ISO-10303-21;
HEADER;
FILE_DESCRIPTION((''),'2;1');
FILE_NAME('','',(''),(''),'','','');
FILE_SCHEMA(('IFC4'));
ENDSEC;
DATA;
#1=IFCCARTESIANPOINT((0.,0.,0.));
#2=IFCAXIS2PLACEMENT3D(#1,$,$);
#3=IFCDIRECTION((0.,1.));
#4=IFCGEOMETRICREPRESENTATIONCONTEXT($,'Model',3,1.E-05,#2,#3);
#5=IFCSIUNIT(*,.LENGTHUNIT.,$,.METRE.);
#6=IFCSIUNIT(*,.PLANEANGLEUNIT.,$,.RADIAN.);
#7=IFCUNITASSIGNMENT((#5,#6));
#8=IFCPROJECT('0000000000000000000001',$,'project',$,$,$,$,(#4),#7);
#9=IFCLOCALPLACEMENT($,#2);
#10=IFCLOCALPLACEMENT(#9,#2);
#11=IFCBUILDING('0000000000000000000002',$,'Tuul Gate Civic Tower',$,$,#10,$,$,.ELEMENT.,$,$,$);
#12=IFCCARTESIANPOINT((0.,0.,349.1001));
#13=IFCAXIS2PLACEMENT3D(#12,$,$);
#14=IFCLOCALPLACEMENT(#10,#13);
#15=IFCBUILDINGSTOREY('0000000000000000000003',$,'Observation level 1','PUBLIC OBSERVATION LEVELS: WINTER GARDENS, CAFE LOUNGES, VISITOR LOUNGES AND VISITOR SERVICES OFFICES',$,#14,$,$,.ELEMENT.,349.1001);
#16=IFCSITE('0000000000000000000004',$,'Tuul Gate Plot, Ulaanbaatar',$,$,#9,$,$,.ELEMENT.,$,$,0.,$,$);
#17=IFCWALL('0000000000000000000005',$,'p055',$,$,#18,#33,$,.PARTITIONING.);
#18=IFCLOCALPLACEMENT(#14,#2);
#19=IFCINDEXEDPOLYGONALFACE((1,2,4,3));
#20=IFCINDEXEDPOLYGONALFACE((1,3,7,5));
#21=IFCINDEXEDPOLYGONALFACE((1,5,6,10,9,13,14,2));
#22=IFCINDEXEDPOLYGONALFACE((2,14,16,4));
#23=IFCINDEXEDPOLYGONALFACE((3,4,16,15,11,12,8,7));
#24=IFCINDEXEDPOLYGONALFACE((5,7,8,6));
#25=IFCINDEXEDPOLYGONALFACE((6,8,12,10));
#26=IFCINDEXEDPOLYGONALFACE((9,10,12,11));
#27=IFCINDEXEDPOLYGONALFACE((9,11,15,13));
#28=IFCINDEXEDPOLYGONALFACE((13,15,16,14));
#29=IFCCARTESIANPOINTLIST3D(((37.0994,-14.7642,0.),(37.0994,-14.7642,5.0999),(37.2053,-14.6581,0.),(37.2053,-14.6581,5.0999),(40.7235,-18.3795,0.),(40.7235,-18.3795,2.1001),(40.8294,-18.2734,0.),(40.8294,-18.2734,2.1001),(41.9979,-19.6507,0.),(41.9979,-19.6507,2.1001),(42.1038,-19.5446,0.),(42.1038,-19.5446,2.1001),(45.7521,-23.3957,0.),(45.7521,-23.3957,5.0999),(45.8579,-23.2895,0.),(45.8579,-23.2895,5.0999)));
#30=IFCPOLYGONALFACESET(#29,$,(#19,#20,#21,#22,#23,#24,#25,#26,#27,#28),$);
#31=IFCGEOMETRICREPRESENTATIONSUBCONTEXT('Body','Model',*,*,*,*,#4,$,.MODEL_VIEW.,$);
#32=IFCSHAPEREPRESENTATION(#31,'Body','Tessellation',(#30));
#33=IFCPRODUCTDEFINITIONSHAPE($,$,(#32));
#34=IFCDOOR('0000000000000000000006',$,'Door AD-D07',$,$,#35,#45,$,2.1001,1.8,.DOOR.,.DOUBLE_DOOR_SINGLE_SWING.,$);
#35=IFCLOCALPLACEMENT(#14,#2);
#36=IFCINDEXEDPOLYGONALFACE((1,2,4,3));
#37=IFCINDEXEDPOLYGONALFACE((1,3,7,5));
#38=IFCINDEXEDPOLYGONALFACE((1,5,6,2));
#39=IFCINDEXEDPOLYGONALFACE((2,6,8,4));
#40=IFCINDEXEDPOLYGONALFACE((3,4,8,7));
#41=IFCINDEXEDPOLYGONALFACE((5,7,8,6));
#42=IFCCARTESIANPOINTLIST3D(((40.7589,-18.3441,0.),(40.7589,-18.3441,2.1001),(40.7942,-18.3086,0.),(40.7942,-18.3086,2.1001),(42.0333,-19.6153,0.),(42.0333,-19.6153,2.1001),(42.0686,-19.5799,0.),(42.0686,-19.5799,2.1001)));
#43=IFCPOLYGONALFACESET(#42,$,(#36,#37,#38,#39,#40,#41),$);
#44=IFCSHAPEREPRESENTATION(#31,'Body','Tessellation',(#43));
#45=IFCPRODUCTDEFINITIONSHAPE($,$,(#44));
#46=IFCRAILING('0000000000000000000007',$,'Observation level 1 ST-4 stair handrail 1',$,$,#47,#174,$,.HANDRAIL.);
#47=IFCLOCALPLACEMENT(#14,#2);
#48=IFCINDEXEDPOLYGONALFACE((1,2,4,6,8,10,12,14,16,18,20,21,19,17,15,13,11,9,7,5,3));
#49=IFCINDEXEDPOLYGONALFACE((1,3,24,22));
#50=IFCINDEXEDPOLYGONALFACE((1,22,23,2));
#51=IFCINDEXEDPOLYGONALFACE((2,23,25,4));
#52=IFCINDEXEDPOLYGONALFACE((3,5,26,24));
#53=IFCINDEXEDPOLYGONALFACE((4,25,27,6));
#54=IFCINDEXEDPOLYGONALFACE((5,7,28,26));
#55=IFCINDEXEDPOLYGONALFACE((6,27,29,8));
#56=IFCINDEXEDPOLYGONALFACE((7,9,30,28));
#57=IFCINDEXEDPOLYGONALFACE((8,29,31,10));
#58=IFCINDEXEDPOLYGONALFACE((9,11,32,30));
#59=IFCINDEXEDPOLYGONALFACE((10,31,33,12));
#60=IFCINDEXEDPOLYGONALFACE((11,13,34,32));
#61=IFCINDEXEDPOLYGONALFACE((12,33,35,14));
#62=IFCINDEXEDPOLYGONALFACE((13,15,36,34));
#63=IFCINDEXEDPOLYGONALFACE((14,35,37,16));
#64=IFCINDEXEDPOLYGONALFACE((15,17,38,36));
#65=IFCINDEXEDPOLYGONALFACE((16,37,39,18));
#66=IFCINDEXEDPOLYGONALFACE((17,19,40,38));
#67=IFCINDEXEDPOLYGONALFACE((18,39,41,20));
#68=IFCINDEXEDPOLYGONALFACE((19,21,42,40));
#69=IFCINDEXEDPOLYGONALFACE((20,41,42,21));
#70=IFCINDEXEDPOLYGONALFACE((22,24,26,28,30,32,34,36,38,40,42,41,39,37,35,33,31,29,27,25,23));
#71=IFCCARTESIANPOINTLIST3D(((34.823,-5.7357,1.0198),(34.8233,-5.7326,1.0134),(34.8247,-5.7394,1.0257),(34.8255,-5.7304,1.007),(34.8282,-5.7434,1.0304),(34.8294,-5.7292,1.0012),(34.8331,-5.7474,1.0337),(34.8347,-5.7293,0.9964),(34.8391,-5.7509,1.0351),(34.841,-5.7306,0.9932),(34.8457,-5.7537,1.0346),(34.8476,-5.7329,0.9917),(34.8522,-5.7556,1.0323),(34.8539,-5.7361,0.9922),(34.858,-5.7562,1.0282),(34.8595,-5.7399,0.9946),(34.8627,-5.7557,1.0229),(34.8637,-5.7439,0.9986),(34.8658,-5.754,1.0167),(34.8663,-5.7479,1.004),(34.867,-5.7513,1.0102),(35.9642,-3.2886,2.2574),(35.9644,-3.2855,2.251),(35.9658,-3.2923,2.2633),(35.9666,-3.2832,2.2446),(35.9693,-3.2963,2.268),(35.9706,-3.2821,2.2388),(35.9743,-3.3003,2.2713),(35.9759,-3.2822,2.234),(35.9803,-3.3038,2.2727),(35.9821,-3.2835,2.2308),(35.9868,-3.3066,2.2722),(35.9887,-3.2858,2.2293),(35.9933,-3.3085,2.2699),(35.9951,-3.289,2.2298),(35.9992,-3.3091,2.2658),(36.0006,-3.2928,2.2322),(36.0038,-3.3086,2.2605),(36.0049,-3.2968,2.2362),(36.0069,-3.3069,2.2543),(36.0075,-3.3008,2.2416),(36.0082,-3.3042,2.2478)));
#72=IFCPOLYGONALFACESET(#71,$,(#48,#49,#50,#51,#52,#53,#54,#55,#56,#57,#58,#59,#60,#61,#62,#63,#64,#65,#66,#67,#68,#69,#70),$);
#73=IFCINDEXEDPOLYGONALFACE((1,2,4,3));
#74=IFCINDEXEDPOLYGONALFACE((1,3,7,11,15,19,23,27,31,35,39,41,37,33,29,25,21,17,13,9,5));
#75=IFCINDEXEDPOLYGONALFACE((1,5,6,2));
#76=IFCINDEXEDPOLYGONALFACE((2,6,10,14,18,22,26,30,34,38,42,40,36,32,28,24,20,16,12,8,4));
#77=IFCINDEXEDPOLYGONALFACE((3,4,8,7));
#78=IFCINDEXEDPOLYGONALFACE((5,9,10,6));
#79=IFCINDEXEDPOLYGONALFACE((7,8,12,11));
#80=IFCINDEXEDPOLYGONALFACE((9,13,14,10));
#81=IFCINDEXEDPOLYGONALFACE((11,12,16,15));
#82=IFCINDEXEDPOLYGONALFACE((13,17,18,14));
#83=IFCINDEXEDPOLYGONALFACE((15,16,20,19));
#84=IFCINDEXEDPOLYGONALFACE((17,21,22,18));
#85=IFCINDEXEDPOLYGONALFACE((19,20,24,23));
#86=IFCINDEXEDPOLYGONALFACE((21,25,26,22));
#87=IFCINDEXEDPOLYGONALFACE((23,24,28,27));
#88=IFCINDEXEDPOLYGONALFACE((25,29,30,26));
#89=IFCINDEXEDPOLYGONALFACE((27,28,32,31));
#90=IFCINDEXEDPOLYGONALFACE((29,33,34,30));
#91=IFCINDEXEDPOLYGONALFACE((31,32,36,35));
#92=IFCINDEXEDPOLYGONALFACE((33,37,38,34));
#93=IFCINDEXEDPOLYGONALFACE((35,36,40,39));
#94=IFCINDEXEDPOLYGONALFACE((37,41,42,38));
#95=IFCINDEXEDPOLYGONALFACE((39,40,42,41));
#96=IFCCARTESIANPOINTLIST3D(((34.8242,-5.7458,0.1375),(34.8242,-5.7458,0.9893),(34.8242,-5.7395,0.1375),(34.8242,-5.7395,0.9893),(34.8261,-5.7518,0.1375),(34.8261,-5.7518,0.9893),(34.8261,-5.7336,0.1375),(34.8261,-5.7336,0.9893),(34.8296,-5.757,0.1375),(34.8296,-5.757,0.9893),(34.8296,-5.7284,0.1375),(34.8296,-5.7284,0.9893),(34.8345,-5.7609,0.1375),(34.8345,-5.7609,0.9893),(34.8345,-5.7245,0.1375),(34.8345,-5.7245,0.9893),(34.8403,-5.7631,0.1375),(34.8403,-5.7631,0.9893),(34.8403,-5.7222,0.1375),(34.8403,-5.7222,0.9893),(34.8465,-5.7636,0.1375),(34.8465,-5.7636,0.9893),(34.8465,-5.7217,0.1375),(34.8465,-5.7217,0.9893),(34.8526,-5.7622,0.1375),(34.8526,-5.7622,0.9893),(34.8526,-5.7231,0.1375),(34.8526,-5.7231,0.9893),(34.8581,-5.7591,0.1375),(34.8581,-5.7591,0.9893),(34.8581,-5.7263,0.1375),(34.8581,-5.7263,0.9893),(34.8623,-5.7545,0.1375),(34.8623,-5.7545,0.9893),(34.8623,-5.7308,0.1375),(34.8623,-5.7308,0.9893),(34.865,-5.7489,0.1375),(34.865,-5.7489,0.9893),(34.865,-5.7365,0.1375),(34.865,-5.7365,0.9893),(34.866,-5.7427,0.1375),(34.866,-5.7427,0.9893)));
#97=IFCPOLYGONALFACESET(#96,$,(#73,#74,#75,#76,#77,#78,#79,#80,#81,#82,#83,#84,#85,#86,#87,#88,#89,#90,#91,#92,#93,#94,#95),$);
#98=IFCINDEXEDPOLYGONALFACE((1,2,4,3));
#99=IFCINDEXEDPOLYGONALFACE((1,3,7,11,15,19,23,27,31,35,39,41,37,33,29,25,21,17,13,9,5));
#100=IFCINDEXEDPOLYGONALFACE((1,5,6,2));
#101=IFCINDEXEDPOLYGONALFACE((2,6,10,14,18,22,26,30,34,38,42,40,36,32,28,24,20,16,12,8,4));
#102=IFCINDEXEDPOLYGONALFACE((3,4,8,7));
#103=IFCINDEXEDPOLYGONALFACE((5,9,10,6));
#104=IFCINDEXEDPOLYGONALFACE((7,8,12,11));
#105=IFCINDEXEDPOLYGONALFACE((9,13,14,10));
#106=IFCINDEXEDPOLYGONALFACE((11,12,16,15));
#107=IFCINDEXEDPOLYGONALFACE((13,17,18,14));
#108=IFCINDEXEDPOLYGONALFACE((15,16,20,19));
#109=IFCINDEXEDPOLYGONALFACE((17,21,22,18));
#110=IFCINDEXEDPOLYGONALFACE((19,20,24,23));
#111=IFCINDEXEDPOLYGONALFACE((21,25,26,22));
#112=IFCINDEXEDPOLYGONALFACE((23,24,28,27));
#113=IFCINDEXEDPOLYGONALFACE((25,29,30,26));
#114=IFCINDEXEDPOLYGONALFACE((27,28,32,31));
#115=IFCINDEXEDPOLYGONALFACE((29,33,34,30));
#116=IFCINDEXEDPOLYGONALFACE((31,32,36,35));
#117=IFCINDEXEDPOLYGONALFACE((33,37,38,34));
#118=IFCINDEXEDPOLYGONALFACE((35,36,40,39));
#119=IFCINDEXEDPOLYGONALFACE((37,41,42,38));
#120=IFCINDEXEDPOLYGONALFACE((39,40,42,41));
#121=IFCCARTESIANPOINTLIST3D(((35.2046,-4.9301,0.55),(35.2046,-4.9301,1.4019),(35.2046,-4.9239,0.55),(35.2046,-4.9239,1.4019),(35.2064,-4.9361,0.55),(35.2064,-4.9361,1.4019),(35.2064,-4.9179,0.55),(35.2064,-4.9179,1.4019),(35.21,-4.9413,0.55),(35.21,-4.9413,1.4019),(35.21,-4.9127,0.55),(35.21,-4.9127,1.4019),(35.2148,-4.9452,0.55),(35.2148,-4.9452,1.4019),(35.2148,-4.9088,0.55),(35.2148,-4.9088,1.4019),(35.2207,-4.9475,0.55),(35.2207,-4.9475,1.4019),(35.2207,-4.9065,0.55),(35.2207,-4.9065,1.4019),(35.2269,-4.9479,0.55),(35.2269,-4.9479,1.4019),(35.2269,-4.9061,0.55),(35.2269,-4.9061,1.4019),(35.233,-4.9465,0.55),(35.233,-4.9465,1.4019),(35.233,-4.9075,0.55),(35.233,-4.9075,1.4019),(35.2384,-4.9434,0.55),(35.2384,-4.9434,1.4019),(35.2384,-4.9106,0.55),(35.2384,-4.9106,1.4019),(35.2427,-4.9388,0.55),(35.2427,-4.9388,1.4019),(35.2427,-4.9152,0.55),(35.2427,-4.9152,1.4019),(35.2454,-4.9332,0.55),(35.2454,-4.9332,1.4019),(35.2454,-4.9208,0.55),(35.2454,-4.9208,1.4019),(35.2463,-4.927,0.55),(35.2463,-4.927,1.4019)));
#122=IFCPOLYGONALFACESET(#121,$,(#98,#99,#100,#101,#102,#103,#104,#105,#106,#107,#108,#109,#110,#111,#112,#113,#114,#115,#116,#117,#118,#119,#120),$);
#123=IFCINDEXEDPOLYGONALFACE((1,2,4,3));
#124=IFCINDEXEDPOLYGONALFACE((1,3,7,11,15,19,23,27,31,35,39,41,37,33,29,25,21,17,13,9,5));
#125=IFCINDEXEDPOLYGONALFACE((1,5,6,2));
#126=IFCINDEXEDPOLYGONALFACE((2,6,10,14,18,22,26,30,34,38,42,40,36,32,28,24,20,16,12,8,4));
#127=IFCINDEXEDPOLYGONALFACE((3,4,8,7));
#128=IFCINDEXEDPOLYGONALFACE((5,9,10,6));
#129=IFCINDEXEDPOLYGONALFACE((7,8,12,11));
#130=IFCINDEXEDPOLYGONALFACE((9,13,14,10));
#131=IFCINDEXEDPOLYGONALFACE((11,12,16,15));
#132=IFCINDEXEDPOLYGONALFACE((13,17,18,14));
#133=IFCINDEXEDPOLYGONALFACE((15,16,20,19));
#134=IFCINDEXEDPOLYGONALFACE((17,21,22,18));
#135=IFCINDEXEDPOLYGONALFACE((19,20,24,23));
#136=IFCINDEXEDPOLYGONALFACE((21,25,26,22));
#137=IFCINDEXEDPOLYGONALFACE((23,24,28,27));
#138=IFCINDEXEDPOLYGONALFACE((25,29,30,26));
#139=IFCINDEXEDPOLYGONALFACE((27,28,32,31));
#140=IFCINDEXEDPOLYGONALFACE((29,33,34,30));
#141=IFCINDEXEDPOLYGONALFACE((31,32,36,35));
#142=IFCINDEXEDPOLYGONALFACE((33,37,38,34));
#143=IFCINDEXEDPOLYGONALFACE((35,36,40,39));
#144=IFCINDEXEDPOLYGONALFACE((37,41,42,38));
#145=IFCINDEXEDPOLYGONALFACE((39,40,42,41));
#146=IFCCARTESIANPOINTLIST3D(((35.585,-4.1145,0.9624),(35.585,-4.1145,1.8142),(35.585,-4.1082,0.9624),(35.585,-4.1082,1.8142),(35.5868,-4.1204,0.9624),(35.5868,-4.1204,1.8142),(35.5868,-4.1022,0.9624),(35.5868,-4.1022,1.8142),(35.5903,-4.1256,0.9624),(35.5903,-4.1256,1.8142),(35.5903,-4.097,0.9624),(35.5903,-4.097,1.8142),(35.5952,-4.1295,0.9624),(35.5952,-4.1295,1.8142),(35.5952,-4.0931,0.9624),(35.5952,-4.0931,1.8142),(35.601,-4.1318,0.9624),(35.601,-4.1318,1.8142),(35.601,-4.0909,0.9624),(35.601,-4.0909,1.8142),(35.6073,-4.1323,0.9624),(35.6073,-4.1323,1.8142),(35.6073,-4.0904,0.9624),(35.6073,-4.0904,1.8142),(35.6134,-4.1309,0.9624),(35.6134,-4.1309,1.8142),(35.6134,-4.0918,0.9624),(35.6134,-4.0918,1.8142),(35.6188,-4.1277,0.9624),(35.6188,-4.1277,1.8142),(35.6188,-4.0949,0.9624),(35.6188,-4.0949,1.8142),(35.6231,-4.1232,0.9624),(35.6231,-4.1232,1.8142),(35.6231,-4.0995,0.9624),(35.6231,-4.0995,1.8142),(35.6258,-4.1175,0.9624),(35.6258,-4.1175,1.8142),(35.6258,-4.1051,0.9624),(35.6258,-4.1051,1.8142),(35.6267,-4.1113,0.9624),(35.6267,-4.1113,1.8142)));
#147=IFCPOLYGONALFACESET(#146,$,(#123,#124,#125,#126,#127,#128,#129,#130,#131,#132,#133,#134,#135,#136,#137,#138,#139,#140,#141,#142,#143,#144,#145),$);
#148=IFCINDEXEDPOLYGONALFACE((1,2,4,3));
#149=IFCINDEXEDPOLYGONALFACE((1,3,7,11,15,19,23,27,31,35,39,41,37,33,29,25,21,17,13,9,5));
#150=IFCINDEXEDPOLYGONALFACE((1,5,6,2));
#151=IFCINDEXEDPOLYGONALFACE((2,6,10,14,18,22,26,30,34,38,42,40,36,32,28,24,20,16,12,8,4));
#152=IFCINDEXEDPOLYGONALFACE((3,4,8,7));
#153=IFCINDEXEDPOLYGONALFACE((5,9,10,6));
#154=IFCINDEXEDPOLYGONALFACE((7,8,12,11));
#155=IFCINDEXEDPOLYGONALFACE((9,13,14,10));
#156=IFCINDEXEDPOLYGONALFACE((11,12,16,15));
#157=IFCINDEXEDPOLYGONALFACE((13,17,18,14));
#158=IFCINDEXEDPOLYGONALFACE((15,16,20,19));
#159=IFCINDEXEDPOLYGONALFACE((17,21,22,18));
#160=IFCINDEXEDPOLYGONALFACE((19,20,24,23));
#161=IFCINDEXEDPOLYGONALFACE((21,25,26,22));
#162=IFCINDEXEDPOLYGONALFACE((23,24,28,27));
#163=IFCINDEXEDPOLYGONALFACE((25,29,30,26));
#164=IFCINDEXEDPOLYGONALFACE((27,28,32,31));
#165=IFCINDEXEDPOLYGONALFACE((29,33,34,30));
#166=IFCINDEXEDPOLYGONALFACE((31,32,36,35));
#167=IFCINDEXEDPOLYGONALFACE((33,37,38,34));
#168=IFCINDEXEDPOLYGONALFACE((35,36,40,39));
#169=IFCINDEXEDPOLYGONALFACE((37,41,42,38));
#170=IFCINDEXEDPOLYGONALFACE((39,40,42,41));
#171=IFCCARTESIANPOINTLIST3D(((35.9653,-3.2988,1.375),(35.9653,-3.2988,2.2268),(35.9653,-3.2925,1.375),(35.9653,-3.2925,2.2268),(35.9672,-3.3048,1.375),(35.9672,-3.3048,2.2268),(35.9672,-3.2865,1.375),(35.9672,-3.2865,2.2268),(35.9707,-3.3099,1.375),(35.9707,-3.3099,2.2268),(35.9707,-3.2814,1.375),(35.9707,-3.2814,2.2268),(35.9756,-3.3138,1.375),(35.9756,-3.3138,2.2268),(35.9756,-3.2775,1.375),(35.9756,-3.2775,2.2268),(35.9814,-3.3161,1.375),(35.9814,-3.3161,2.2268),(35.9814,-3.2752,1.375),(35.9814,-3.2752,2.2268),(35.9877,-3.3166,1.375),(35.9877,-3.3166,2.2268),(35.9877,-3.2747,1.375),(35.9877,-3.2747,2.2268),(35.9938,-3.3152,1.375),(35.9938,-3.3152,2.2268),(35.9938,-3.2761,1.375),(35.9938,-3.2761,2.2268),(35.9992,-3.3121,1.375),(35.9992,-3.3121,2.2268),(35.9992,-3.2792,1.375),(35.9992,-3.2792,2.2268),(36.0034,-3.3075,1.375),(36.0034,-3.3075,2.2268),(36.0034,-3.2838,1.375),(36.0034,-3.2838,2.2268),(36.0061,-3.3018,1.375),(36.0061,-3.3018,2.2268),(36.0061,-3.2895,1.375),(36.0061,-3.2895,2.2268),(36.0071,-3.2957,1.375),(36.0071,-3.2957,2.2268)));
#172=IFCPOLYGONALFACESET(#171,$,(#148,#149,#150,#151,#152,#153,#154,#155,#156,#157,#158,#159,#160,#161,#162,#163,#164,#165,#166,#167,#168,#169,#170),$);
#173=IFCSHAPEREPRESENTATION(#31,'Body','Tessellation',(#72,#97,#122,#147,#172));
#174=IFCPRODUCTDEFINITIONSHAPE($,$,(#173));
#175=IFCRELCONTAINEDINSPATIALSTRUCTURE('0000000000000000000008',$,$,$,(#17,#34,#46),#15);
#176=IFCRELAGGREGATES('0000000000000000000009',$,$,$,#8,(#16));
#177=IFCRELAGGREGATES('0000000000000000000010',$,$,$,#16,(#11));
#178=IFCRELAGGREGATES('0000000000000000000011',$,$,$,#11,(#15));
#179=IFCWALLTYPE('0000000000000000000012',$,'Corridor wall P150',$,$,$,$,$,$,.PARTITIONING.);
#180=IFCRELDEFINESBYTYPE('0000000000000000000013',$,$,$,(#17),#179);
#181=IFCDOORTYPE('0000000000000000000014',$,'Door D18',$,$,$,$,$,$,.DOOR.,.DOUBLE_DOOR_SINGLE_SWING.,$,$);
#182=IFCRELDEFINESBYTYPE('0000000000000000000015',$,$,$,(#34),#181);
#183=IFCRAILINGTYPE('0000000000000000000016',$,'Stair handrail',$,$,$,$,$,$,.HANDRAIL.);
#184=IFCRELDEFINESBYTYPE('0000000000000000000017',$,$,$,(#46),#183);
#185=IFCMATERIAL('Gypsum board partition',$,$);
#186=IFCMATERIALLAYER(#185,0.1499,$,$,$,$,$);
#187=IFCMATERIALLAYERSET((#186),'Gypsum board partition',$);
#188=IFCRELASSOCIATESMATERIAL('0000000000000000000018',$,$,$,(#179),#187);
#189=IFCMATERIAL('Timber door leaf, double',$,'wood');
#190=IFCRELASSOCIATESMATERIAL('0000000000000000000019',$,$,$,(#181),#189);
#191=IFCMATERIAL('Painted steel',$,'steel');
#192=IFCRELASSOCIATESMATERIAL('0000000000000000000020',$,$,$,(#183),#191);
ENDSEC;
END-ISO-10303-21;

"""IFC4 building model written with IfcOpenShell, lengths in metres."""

from ifc_helpers import new_model, si_unit, direction, frame, frame_2d, origin, origin_2d, place, context, subcontext, project, spatial, rectangle, circle, extrude, material, layer, layer_set, type_object, element, fill, save


model = new_model("IFC4")

# Units and contexts
model_context = context("Model", 3, precision=1e-05, world=origin(), true_north=direction((0.0, 1.0)))
body_context = subcontext(model_context, "Body", "Model", "MODEL_VIEW")
ifc_project = project(units=[si_unit("LENGTHUNIT", "METRE"), si_unit("PLANEANGLEUNIT", "RADIAN")], contexts=[model_context])

# Site, building, storey
site_placement = place(None, origin())
site = spatial("IfcSite", under=ifc_project, at=site_placement, Name="Tuul Gate Plot, Ulaanbaatar", CompositionType="ELEMENT", RefElevation=0.0)
building_placement = place(site_placement, origin())
building = spatial("IfcBuilding", under=site, at=building_placement, Name="Tuul Gate Civic Tower", CompositionType="ELEMENT")
storey_placement = place(building_placement, frame((0.0, 0.0, 349.1001)))
storey = spatial("IfcBuildingStorey", under=building, at=storey_placement, Name="Observation level 1", Description="PUBLIC OBSERVATION LEVELS: WINTER GARDENS, CAFE LOUNGES, VISITOR LOUNGES AND VISITOR SERVICES OFFICES", CompositionType="ELEMENT", Elevation=349.1001)

# Shared definitions
ifc_material_1 = material(Name="Gypsum board partition")
ifc_layer_1 = layer(ifc_material_1, 0.1499)
ifc_layer_set_1 = layer_set([ifc_layer_1], Name="Gypsum board partition")
wall_type_1 = type_object("IfcWallType", Name="Corridor wall P150", PredefinedType="PARTITIONING", material=ifc_layer_set_1)

# Wall, opening, door
wall_1_placement = place(storey_placement, frame((37.1523, -14.7112, 0.0), z_axis=(0.0, 0.0, 1.0), x_axis=(0.707975, -0.706237, 0.0)))
wall_1 = element("IfcWall", 1, at=wall_1_placement, inside=storey, type_object=wall_type_1, Name="p055", PredefinedType="PARTITIONING", context=body_context, shape_type="SweptSolid", body=[
    extrude(rectangle(XDim=12.2217, YDim=0.1499, at=frame_2d((6.1108, 0.0))), origin(), (0.0, 0.0, 1.0), 5.0999),
])
opening_1_placement = place(wall_1_placement, frame((5.1191, 0.0, 0.0)))
opening_1 = element("IfcOpeningElement", 2, at=opening_1_placement, cuts=wall_1, PredefinedType="OPENING", context=body_context, shape_type="SweptSolid", body=[
    extrude(rectangle(XDim=1.8, YDim=2.1001, at=frame_2d((0.8999, 1.05))), frame((0.0, 0.085, 0.0), z_axis=(0.0, -1.0, 0.0), x_axis=(1.0, 0.0, 0.0)), (0.0, 0.0, 1.0), 0.1699),
])
ifc_material_2 = material(Name="Timber door leaf, double", Category="wood")
door_type_1 = type_object("IfcDoorType", Name="Door D18", OperationType="DOUBLE_DOOR_SINGLE_SWING", PredefinedType="DOOR", material=ifc_material_2)
door_1_placement = place(opening_1_placement, frame((1.8, 0.0, 0.0), z_axis=(0.0, 0.0, 1.0), x_axis=(-1.0, 0.0, 0.0)))
door_1 = element("IfcDoor", 3, at=door_1_placement, inside=storey, type_object=door_type_1, Name="Door AD-D07", OperationType="DOUBLE_DOOR_SINGLE_SWING", OverallHeight=2.1001, OverallWidth=1.8, PredefinedType="DOOR", context=body_context, shape_type="SweptSolid", body=[
    extrude(rectangle(XDim=1.8, YDim=2.1001, at=frame_2d((0.9001, 1.05))), frame((0.0, 0.0249, 0.0), z_axis=(0.0, -1.0, 0.0), x_axis=(1.0, 0.0, 0.0)), (0.0, 0.0, 1.0), 0.05),
])
fill(opening_1, door_1)

# Railing
ifc_material_3 = material(Name="Painted steel", Category="steel")
railing_type = type_object("IfcRailingType", Name="Stair handrail", PredefinedType="HANDRAIL", material=ifc_material_3)
for number, where, name in (
    (4, (34.845, -5.7427, 0.1375), "Observation level 1 ST-4 stair handrail 1"),
):
    element("IfcRailing", number, at=place(storey_placement, frame(where)), inside=storey, type_object=railing_type, Name=name, PredefinedType="HANDRAIL", context=body_context, shape_type="SweptSolid", body=[
        extrude(circle(Radius=0.0239, at=origin_2d()), frame((0.0, 0.0, 0.876), z_axis=(0.384198, 0.823881, 0.416667), x_axis=(-0.906301, 0.422633, 0.0)), (0.0, 0.0, 1.0), 2.9702),
        extrude(circle(Radius=0.021, at=origin_2d()), origin(), (0.0, 0.0, 1.0), 0.8518),
        extrude(circle(Radius=0.021, at=origin_2d()), frame((0.3804, 0.8157, 0.4126)), (0.0, 0.0, 1.0), 0.8518),
        extrude(circle(Radius=0.021, at=origin_2d()), frame((0.7607, 1.6313, 0.825)), (0.0, 0.0, 1.0), 0.8518),
        extrude(circle(Radius=0.021, at=origin_2d()), frame((1.1411, 2.447, 1.2375)), (0.0, 0.0, 1.0), 0.8518),
    ])

save(model, "model.ifc")
